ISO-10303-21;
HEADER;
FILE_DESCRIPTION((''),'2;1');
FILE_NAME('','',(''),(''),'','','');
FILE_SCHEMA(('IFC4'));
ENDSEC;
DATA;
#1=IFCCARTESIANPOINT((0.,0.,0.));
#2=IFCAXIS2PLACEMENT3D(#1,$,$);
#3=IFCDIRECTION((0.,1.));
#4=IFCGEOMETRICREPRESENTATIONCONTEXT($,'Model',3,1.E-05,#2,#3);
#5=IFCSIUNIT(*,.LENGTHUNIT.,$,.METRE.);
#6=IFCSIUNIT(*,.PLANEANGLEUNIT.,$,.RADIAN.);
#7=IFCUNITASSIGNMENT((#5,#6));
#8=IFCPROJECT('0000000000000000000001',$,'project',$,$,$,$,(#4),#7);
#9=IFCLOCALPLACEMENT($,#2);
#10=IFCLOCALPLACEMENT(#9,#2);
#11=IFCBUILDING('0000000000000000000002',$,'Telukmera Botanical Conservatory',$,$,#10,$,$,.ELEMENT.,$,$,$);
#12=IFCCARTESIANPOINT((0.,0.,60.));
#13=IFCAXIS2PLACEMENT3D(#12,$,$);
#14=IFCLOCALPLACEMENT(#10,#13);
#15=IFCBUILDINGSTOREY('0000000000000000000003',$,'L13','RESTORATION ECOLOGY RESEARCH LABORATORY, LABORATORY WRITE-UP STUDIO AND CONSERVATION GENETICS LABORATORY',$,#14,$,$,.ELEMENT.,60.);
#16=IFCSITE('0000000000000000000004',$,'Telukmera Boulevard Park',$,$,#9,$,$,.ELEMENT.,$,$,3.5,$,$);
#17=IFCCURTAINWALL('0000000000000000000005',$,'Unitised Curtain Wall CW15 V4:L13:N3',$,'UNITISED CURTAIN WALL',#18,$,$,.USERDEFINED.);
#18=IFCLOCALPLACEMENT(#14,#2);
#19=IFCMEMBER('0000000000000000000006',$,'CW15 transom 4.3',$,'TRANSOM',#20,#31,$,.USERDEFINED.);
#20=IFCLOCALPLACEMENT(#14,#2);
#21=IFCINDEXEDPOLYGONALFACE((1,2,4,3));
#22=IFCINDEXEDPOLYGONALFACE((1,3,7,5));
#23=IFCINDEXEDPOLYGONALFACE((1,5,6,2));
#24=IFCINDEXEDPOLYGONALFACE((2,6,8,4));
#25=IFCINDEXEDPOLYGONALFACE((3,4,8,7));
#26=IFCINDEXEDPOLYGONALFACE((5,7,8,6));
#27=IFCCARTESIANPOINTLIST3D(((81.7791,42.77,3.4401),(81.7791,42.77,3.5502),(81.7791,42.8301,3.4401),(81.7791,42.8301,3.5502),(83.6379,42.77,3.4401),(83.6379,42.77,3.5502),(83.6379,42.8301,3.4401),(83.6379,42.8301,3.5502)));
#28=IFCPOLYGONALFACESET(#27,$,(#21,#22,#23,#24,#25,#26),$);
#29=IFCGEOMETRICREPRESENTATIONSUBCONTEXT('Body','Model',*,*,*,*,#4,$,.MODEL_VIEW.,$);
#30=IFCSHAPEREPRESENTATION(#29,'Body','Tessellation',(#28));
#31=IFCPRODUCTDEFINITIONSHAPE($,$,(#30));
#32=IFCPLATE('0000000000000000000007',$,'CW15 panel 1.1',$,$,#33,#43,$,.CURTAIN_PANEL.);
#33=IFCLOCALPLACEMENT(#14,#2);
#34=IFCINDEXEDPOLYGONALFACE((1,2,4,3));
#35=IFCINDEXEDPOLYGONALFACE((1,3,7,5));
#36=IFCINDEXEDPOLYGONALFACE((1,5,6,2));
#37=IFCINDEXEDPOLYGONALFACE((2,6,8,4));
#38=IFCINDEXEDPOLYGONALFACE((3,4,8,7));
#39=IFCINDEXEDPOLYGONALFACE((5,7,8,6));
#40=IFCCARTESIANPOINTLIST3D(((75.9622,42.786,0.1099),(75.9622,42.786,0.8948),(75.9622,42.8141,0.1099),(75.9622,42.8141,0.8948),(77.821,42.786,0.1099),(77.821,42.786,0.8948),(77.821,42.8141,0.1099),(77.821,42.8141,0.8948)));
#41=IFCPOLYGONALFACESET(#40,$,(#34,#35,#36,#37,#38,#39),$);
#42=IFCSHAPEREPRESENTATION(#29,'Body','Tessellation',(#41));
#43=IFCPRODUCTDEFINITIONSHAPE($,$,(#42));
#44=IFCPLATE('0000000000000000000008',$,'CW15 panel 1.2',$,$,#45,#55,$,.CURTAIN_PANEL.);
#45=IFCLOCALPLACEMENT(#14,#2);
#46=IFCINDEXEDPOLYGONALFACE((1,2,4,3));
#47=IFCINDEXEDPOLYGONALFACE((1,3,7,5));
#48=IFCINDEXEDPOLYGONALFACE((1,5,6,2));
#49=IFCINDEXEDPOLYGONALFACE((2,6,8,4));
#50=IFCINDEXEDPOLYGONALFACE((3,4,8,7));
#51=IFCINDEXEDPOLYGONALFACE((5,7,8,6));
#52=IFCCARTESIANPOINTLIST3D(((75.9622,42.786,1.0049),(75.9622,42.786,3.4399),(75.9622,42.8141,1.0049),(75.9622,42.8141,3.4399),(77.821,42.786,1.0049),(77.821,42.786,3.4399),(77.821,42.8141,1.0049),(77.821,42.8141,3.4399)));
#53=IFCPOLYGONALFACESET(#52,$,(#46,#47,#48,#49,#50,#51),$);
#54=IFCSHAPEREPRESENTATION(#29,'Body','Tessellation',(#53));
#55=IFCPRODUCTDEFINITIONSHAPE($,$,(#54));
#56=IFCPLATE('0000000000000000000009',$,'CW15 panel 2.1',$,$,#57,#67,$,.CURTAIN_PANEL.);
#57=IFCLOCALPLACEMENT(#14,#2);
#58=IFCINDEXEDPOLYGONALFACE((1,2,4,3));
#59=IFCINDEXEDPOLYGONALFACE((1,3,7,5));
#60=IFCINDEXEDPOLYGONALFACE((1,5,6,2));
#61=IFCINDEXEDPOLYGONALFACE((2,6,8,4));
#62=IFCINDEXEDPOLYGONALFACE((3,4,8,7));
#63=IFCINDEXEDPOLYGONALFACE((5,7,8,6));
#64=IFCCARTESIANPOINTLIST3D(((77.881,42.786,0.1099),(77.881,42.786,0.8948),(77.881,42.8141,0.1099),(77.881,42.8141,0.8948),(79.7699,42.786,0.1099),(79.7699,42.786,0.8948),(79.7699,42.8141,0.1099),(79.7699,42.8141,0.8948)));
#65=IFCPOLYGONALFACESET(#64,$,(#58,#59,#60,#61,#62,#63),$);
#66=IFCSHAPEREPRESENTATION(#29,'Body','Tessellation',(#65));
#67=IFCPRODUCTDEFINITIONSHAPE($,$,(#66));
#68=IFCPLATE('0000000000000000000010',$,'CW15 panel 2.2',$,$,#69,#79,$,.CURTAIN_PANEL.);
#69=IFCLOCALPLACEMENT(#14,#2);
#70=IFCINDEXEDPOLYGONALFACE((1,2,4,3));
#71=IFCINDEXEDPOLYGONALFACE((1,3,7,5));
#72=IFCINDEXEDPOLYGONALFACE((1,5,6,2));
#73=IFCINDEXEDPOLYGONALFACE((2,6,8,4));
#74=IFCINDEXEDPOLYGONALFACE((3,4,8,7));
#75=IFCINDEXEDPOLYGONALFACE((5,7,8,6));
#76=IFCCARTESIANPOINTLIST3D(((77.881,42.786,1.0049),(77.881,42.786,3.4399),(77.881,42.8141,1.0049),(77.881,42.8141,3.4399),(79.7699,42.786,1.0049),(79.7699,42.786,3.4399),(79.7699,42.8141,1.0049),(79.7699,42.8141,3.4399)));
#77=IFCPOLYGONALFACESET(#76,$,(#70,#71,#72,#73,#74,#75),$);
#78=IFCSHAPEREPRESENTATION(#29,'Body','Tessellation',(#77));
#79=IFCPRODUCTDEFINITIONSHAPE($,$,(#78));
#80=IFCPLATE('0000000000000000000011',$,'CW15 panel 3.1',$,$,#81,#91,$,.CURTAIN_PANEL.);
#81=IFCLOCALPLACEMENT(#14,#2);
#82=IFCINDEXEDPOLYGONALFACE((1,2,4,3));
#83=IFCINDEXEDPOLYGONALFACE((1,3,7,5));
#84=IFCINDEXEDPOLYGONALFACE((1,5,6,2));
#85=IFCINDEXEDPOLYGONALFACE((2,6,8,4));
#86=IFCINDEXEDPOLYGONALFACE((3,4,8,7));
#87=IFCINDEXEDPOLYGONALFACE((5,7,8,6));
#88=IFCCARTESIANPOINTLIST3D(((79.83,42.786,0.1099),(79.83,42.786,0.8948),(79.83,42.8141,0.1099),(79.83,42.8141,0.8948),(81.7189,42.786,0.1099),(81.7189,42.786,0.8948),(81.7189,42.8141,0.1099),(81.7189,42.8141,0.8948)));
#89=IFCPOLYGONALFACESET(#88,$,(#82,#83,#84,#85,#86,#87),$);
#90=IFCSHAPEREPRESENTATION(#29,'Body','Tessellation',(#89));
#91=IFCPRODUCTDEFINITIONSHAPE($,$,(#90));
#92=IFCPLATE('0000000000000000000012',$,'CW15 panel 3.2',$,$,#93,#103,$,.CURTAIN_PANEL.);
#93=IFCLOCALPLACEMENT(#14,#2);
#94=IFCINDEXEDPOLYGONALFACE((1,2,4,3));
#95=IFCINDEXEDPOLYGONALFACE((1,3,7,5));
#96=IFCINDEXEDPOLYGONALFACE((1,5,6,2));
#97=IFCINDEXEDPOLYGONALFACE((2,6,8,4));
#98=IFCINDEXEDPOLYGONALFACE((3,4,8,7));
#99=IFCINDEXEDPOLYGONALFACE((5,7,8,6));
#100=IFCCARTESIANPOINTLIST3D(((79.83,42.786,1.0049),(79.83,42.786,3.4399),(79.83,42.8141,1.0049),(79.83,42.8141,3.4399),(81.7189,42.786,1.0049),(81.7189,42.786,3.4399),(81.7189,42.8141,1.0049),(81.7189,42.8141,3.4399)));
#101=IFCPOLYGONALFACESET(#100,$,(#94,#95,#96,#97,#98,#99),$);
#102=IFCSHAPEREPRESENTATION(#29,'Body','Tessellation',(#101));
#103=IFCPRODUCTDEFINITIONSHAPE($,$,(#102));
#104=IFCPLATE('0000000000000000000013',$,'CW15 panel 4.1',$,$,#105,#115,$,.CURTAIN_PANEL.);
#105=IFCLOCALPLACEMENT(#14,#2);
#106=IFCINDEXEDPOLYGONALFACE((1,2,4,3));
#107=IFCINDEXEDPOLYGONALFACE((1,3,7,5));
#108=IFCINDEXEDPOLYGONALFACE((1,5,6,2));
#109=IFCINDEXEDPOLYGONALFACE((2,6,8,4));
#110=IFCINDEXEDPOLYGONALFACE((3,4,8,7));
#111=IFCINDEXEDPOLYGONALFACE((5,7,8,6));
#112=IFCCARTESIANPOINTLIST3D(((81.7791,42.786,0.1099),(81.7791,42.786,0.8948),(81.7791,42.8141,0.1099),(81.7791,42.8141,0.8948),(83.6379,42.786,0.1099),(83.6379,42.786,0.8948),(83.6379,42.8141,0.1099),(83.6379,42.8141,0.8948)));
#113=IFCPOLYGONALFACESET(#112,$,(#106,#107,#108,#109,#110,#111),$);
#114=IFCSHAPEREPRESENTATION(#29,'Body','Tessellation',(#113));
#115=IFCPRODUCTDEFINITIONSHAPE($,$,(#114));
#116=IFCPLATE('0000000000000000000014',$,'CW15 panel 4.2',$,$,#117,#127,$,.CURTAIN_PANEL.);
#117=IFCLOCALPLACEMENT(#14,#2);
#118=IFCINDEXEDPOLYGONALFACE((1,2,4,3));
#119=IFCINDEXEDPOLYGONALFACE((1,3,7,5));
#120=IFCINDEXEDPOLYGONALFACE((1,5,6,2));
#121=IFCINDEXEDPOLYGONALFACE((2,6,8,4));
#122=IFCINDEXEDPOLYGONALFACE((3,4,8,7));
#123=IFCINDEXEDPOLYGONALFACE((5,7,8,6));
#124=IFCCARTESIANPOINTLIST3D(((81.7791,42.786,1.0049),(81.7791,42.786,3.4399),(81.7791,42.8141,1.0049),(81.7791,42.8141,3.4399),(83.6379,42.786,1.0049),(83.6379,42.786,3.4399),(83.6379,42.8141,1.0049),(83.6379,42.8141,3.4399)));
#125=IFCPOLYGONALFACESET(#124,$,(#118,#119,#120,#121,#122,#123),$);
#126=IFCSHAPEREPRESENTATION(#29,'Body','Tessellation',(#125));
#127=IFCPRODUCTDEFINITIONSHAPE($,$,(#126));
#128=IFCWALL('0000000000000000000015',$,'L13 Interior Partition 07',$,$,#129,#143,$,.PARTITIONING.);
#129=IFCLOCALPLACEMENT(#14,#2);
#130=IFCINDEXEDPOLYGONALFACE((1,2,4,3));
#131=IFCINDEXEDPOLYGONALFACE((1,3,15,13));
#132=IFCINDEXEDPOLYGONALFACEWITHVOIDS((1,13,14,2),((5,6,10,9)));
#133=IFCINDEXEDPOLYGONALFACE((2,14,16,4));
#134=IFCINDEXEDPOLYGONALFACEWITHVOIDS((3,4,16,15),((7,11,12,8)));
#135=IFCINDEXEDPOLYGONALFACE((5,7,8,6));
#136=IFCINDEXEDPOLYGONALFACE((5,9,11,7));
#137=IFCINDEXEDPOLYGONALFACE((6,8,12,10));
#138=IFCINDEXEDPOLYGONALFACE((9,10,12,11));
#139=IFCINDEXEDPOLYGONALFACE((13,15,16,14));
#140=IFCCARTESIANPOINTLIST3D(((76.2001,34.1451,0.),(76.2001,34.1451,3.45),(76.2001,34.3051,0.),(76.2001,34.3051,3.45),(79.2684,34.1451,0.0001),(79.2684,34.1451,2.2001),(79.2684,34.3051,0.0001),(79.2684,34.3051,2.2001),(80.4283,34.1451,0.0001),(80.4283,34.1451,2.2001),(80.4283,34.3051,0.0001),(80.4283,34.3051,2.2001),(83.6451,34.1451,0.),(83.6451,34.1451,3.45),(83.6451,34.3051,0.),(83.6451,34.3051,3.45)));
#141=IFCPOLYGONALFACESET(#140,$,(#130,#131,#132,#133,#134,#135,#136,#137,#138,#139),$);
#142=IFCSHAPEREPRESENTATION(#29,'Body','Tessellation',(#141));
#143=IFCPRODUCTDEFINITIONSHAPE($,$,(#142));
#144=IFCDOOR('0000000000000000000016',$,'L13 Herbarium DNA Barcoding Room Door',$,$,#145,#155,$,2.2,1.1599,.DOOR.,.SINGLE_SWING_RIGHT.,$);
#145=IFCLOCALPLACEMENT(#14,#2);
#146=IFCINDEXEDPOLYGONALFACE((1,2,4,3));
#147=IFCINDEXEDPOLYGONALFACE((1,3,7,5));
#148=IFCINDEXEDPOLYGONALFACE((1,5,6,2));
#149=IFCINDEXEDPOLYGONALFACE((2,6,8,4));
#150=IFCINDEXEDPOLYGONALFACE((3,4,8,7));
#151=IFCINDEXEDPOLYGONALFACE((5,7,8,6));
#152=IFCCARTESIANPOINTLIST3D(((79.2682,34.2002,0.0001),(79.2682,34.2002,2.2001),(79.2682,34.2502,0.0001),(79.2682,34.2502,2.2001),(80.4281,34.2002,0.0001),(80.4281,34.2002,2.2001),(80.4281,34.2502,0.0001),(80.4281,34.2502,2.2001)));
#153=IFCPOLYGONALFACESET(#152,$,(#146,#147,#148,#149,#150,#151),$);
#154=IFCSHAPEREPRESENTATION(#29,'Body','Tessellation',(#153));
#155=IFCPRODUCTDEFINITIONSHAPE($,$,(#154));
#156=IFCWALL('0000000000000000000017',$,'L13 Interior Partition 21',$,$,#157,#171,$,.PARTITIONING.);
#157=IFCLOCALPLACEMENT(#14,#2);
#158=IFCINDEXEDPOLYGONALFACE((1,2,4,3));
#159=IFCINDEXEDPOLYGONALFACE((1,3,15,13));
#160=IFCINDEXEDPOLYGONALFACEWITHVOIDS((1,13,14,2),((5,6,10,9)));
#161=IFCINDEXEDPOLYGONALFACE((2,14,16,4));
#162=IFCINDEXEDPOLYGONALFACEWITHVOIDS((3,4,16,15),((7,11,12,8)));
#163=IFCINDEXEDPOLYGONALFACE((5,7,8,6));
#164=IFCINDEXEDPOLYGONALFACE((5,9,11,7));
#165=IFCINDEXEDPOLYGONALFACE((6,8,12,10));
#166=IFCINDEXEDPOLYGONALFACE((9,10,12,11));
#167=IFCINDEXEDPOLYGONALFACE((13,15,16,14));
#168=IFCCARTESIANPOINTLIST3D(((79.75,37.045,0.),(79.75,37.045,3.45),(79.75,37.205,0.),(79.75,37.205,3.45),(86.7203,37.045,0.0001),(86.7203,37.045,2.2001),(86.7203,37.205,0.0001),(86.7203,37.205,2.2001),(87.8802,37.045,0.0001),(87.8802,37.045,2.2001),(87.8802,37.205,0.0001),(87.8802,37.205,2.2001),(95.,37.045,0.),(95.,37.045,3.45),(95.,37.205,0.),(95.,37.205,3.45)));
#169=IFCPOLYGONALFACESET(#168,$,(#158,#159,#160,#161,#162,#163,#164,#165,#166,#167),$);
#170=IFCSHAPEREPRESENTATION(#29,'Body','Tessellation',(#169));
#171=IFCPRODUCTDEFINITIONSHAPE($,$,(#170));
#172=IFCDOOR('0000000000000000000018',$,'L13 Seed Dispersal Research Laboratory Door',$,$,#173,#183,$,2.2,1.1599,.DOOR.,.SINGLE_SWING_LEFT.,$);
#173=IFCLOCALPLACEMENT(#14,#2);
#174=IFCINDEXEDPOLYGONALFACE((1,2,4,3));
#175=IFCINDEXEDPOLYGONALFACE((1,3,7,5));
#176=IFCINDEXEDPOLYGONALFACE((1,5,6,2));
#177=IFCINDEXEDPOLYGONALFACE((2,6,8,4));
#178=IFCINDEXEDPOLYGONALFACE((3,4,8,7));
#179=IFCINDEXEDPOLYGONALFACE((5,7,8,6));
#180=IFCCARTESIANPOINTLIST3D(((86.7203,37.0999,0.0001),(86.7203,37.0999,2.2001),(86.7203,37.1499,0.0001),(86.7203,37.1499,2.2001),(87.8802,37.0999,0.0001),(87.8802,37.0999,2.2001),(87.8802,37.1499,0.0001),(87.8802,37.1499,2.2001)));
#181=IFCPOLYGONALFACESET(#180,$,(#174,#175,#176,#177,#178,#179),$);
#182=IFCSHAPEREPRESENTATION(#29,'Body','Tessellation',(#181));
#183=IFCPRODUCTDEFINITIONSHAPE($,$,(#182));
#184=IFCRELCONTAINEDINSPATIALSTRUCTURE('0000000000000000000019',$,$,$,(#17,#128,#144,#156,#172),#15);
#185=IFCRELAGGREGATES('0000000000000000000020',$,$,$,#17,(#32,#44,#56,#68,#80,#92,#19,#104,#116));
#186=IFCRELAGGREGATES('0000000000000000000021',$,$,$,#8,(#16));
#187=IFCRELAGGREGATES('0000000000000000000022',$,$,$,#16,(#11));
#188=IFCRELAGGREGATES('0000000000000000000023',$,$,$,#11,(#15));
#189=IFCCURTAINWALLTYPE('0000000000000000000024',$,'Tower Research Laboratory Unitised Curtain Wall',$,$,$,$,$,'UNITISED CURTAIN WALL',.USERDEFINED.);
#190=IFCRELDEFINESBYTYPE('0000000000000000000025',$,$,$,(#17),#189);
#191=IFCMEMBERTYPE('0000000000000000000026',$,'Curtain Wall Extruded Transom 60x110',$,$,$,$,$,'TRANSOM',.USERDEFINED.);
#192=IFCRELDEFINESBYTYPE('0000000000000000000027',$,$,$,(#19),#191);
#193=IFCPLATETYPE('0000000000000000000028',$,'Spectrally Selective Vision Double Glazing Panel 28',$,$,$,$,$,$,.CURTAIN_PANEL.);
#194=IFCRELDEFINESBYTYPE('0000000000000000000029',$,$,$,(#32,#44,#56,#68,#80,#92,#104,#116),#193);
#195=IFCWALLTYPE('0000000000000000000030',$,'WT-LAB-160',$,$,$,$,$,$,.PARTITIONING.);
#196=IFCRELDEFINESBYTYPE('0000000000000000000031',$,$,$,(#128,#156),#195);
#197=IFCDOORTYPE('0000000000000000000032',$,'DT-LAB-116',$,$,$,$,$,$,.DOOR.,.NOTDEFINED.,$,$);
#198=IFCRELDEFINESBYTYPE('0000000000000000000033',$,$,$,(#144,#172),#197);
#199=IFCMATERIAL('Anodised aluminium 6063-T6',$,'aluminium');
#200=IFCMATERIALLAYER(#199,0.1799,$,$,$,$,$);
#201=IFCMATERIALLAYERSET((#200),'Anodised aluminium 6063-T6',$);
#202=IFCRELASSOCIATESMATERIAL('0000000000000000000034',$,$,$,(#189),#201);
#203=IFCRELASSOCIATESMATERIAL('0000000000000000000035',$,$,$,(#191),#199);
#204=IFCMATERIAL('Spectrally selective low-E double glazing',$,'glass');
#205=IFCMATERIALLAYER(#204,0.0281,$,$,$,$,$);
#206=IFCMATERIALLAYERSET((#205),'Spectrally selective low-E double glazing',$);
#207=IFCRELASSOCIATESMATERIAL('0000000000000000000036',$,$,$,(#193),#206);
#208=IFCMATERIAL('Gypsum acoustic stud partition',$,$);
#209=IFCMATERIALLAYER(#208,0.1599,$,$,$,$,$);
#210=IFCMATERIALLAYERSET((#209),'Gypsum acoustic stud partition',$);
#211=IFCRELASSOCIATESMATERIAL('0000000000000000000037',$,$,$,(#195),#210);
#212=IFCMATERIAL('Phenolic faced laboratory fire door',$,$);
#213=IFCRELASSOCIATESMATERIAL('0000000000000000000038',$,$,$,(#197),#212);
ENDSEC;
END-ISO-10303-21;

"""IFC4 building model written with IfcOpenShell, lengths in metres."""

from ifc_helpers import new_model, si_unit, direction, frame, frame_2d, origin, origin_2d, place, context, subcontext, project, spatial, rectangle, extrude, material, layer, layer_set, material_profile, profile_set, type_object, element, fill, aggregate, save


model = new_model("IFC4")

# Units and contexts
model_context = context("Model", 3, precision=1e-05, world=origin(), true_north=direction((0.0, 1.0)))
body_context = subcontext(model_context, "Body", "Model", "MODEL_VIEW")
ifc_project = project(units=[si_unit("LENGTHUNIT", "METRE"), si_unit("PLANEANGLEUNIT", "RADIAN")], contexts=[model_context])

# Site, building, storey
site_placement = place(None, origin())
site = spatial("IfcSite", under=ifc_project, at=site_placement, Name="Telukmera Boulevard Park", CompositionType="ELEMENT", RefElevation=3.5)
building_placement = place(site_placement, origin())
building = spatial("IfcBuilding", under=site, at=building_placement, Name="Telukmera Botanical Conservatory", CompositionType="ELEMENT")
storey_placement = place(building_placement, frame((0.0, 0.0, 60.0)))
storey = spatial("IfcBuildingStorey", under=building, at=storey_placement, Name="L13", Description="RESTORATION ECOLOGY RESEARCH LABORATORY, LABORATORY WRITE-UP STUDIO AND CONSERVATION GENETICS LABORATORY", CompositionType="ELEMENT", Elevation=60.0)

# Curtain wall, member, plates
ifc_material_1 = material(Name="Anodised aluminium 6063-T6", Category="aluminium")
ifc_layer_1 = layer(ifc_material_1, 0.1799)
ifc_layer_set_1 = layer_set([ifc_layer_1], Name="Anodised aluminium 6063-T6")
curtain_wall_type = type_object("IfcCurtainWallType", Name="Tower Research Laboratory Unitised Curtain Wall", ElementType="UNITISED CURTAIN WALL", PredefinedType="USERDEFINED", material=ifc_layer_set_1)
curtain_wall_placement = place(storey_placement, origin())
curtain_wall = element("IfcCurtainWall", 1, at=curtain_wall_placement, inside=storey, type_object=curtain_wall_type, Name="Unitised Curtain Wall CW15 V4:L13:N3", ObjectType="UNITISED CURTAIN WALL", PredefinedType="USERDEFINED")
ifc_material_profile_1 = material_profile(ifc_material_1, rectangle(XDim=0.0601, YDim=0.1101, at=origin_2d()), Name="ALU TRAN 60x110")
ifc_profile_set_1 = profile_set([ifc_material_profile_1], Name="Anodised aluminium 6063-T6")
member_type_1 = type_object("IfcMemberType", Name="Curtain Wall Extruded Transom 60x110", ElementType="TRANSOM", PredefinedType="USERDEFINED", material=ifc_profile_set_1)
member_1_placement = place(storey_placement, frame((81.7791, 42.8, 3.4951), z_axis=(1.0, 0.0, 0.0), x_axis=(0.0, 1.0, 0.0)))
member_1 = element("IfcMember", 2, at=member_1_placement, type_object=member_type_1, Name="CW15 transom 4.3", ObjectType="TRANSOM", PredefinedType="USERDEFINED", context=body_context, shape_type="SweptSolid", body=[
    extrude(rectangle(XDim=0.0601, YDim=0.1101, at=origin_2d()), origin(), (0.0, 0.0, 1.0), 1.8589),
])
ifc_material_2 = material(Name="Spectrally selective low-E double glazing", Category="glass")
ifc_layer_2 = layer(ifc_material_2, 0.0281)
ifc_layer_set_2 = layer_set([ifc_layer_2], Name="Spectrally selective low-E double glazing")
plate_type = type_object("IfcPlateType", Name="Spectrally Selective Vision Double Glazing Panel 28", PredefinedType="CURTAIN_PANEL", material=ifc_layer_set_2)
plate_1_placement = place(storey_placement, frame((76.8916, 42.8, 0.1099), z_axis=(0.0, 0.0, 1.0), x_axis=(1.0, 0.0, 0.0)))
plate_1 = element("IfcPlate", 3, at=plate_1_placement, type_object=plate_type, Name="CW15 panel 1.1", PredefinedType="CURTAIN_PANEL", context=body_context, shape_type="SweptSolid", body=[
    extrude(rectangle(XDim=1.8589, YDim=0.0281, at=origin_2d()), origin(), (0.0, 0.0, 1.0), 0.7849),
])
plate_2_placement = place(storey_placement, frame((76.8916, 42.8, 1.0049), z_axis=(0.0, 0.0, 1.0), x_axis=(1.0, 0.0, 0.0)))
plate_2 = element("IfcPlate", 4, at=plate_2_placement, type_object=plate_type, Name="CW15 panel 1.2", PredefinedType="CURTAIN_PANEL", context=body_context, shape_type="SweptSolid", body=[
    extrude(rectangle(XDim=1.8589, YDim=0.0281, at=origin_2d()), origin(), (0.0, 0.0, 1.0), 2.4351),
])
plate_3_placement = place(storey_placement, frame((78.8254, 42.8, 0.1099), z_axis=(0.0, 0.0, 1.0), x_axis=(1.0, 0.0, 0.0)))
plate_3 = element("IfcPlate", 5, at=plate_3_placement, type_object=plate_type, Name="CW15 panel 2.1", PredefinedType="CURTAIN_PANEL", context=body_context, shape_type="SweptSolid", body=[
    extrude(rectangle(XDim=1.8889, YDim=0.0281, at=origin_2d()), origin(), (0.0, 0.0, 1.0), 0.7849),
])
plate_4_placement = place(storey_placement, frame((78.8254, 42.8, 1.0049), z_axis=(0.0, 0.0, 1.0), x_axis=(1.0, 0.0, 0.0)))
plate_4 = element("IfcPlate", 6, at=plate_4_placement, type_object=plate_type, Name="CW15 panel 2.2", PredefinedType="CURTAIN_PANEL", context=body_context, shape_type="SweptSolid", body=[
    extrude(rectangle(XDim=1.8889, YDim=0.0281, at=origin_2d()), origin(), (0.0, 0.0, 1.0), 2.4351),
])
plate_5_placement = place(storey_placement, frame((80.7744, 42.8, 0.1099), z_axis=(0.0, 0.0, 1.0), x_axis=(1.0, 0.0, 0.0)))
plate_5 = element("IfcPlate", 7, at=plate_5_placement, type_object=plate_type, Name="CW15 panel 3.1", PredefinedType="CURTAIN_PANEL", context=body_context, shape_type="SweptSolid", body=[
    extrude(rectangle(XDim=1.8889, YDim=0.0281, at=origin_2d()), origin(), (0.0, 0.0, 1.0), 0.7849),
])
plate_6_placement = place(storey_placement, frame((80.7744, 42.8, 1.0049), z_axis=(0.0, 0.0, 1.0), x_axis=(1.0, 0.0, 0.0)))
plate_6 = element("IfcPlate", 8, at=plate_6_placement, type_object=plate_type, Name="CW15 panel 3.2", PredefinedType="CURTAIN_PANEL", context=body_context, shape_type="SweptSolid", body=[
    extrude(rectangle(XDim=1.8889, YDim=0.0281, at=origin_2d()), origin(), (0.0, 0.0, 1.0), 2.4351),
])
plate_7_placement = place(storey_placement, frame((82.7085, 42.8, 0.1099), z_axis=(0.0, 0.0, 1.0), x_axis=(1.0, 0.0, 0.0)))
plate_7 = element("IfcPlate", 9, at=plate_7_placement, type_object=plate_type, Name="CW15 panel 4.1", PredefinedType="CURTAIN_PANEL", context=body_context, shape_type="SweptSolid", body=[
    extrude(rectangle(XDim=1.8589, YDim=0.0281, at=origin_2d()), origin(), (0.0, 0.0, 1.0), 0.7849),
])
plate_8_placement = place(storey_placement, frame((82.7085, 42.8, 1.0049), z_axis=(0.0, 0.0, 1.0), x_axis=(1.0, 0.0, 0.0)))
plate_8 = element("IfcPlate", 10, at=plate_8_placement, type_object=plate_type, Name="CW15 panel 4.2", PredefinedType="CURTAIN_PANEL", context=body_context, shape_type="SweptSolid", body=[
    extrude(rectangle(XDim=1.8589, YDim=0.0281, at=origin_2d()), origin(), (0.0, 0.0, 1.0), 2.4351),
])
aggregate(curtain_wall, [plate_1, plate_2, plate_3, plate_4, plate_5, plate_6, member_1, plate_7, plate_8])

# Walls, openings, doors
ifc_material_3 = material(Name="Gypsum acoustic stud partition")
ifc_layer_3 = layer(ifc_material_3, 0.1599)
ifc_layer_set_3 = layer_set([ifc_layer_3], Name="Gypsum acoustic stud partition")
wall_type = type_object("IfcWallType", Name="WT-LAB-160", PredefinedType="PARTITIONING", material=ifc_layer_set_3)
wall_1_placement = place(storey_placement, frame((76.2, 34.2251, 0.0), z_axis=(0.0, 0.0, 1.0), x_axis=(1.0, 0.0, 0.0)))
wall_1 = element("IfcWall", 11, at=wall_1_placement, inside=storey, type_object=wall_type, Name="L13 Interior Partition 07", PredefinedType="PARTITIONING", context=body_context, shape_type="SweptSolid", body=[
    extrude(rectangle(XDim=7.4451, YDim=0.1599, at=frame_2d((3.7227, 0.0))), origin(), (0.0, 0.0, 1.0), 3.45),
])
opening_1_placement = place(wall_1_placement, frame((3.0684, 0.0, 0.0)))
opening_1 = element("IfcOpeningElement", 12, at=opening_1_placement, cuts=wall_1, PredefinedType="OPENING", context=body_context, shape_type="SweptSolid", body=[
    extrude(rectangle(XDim=1.1599, YDim=2.2, at=frame_2d((0.5801, 1.1001))), frame((0.0, 0.0898, 0.0), z_axis=(0.0, -1.0, 0.0), x_axis=(1.0, 0.0, 0.0)), (0.0, 0.0, 1.0), 0.1799),
])
ifc_material_4 = material(Name="Phenolic faced laboratory fire door")
door_type = type_object("IfcDoorType", Name="DT-LAB-116", OperationType="NOTDEFINED", PredefinedType="DOOR", material=ifc_material_4)
door_1_placement = place(opening_1_placement, frame((1.1599, 0.0, 0.0), z_axis=(0.0, 0.0, 1.0), x_axis=(-1.0, 0.0, 0.0)))
door_1 = element("IfcDoor", 13, at=door_1_placement, inside=storey, type_object=door_type, Name="L13 Herbarium DNA Barcoding Room Door", OperationType="SINGLE_SWING_RIGHT", OverallHeight=2.2, OverallWidth=1.1599, PredefinedType="DOOR", context=body_context, shape_type="SweptSolid", body=[
    extrude(rectangle(XDim=1.1599, YDim=2.2, at=frame_2d((0.5801, 1.1001))), frame((0.0, 0.0249, 0.0), z_axis=(0.0, -1.0, 0.0), x_axis=(1.0, 0.0, 0.0)), (0.0, 0.0, 1.0), 0.05),
])
fill(opening_1, door_1)
wall_2_placement = place(storey_placement, frame((79.75, 37.125, 0.0), z_axis=(0.0, 0.0, 1.0), x_axis=(1.0, 0.0, 0.0)))
wall_2 = element("IfcWall", 14, at=wall_2_placement, inside=storey, type_object=wall_type, Name="L13 Interior Partition 21", PredefinedType="PARTITIONING", context=body_context, shape_type="SweptSolid", body=[
    extrude(rectangle(XDim=15.25, YDim=0.1599, at=frame_2d((7.625, 0.0))), origin(), (0.0, 0.0, 1.0), 3.45),
])
opening_2_placement = place(wall_2_placement, frame((6.9702, 0.0, 0.0)))
opening_2 = element("IfcOpeningElement", 15, at=opening_2_placement, cuts=wall_2, PredefinedType="OPENING", context=body_context, shape_type="SweptSolid", body=[
    extrude(rectangle(XDim=1.1599, YDim=2.2, at=frame_2d((0.5801, 1.1001))), frame((0.0, 0.0898, 0.0), z_axis=(0.0, -1.0, 0.0), x_axis=(1.0, 0.0, 0.0)), (0.0, 0.0, 1.0), 0.1799),
])
door_2_placement = place(opening_2_placement, origin())
door_2 = element("IfcDoor", 16, at=door_2_placement, inside=storey, type_object=door_type, Name="L13 Seed Dispersal Research Laboratory Door", OperationType="SINGLE_SWING_LEFT", OverallHeight=2.2, OverallWidth=1.1599, PredefinedType="DOOR", context=body_context, shape_type="SweptSolid", body=[
    extrude(rectangle(XDim=1.1599, YDim=2.2, at=frame_2d((0.5801, 1.1001))), frame((0.0, 0.0249, 0.0), z_axis=(0.0, -1.0, 0.0), x_axis=(1.0, 0.0, 0.0)), (0.0, 0.0, 1.0), 0.05),
])
fill(opening_2, door_2)

save(model, "model.ifc")
